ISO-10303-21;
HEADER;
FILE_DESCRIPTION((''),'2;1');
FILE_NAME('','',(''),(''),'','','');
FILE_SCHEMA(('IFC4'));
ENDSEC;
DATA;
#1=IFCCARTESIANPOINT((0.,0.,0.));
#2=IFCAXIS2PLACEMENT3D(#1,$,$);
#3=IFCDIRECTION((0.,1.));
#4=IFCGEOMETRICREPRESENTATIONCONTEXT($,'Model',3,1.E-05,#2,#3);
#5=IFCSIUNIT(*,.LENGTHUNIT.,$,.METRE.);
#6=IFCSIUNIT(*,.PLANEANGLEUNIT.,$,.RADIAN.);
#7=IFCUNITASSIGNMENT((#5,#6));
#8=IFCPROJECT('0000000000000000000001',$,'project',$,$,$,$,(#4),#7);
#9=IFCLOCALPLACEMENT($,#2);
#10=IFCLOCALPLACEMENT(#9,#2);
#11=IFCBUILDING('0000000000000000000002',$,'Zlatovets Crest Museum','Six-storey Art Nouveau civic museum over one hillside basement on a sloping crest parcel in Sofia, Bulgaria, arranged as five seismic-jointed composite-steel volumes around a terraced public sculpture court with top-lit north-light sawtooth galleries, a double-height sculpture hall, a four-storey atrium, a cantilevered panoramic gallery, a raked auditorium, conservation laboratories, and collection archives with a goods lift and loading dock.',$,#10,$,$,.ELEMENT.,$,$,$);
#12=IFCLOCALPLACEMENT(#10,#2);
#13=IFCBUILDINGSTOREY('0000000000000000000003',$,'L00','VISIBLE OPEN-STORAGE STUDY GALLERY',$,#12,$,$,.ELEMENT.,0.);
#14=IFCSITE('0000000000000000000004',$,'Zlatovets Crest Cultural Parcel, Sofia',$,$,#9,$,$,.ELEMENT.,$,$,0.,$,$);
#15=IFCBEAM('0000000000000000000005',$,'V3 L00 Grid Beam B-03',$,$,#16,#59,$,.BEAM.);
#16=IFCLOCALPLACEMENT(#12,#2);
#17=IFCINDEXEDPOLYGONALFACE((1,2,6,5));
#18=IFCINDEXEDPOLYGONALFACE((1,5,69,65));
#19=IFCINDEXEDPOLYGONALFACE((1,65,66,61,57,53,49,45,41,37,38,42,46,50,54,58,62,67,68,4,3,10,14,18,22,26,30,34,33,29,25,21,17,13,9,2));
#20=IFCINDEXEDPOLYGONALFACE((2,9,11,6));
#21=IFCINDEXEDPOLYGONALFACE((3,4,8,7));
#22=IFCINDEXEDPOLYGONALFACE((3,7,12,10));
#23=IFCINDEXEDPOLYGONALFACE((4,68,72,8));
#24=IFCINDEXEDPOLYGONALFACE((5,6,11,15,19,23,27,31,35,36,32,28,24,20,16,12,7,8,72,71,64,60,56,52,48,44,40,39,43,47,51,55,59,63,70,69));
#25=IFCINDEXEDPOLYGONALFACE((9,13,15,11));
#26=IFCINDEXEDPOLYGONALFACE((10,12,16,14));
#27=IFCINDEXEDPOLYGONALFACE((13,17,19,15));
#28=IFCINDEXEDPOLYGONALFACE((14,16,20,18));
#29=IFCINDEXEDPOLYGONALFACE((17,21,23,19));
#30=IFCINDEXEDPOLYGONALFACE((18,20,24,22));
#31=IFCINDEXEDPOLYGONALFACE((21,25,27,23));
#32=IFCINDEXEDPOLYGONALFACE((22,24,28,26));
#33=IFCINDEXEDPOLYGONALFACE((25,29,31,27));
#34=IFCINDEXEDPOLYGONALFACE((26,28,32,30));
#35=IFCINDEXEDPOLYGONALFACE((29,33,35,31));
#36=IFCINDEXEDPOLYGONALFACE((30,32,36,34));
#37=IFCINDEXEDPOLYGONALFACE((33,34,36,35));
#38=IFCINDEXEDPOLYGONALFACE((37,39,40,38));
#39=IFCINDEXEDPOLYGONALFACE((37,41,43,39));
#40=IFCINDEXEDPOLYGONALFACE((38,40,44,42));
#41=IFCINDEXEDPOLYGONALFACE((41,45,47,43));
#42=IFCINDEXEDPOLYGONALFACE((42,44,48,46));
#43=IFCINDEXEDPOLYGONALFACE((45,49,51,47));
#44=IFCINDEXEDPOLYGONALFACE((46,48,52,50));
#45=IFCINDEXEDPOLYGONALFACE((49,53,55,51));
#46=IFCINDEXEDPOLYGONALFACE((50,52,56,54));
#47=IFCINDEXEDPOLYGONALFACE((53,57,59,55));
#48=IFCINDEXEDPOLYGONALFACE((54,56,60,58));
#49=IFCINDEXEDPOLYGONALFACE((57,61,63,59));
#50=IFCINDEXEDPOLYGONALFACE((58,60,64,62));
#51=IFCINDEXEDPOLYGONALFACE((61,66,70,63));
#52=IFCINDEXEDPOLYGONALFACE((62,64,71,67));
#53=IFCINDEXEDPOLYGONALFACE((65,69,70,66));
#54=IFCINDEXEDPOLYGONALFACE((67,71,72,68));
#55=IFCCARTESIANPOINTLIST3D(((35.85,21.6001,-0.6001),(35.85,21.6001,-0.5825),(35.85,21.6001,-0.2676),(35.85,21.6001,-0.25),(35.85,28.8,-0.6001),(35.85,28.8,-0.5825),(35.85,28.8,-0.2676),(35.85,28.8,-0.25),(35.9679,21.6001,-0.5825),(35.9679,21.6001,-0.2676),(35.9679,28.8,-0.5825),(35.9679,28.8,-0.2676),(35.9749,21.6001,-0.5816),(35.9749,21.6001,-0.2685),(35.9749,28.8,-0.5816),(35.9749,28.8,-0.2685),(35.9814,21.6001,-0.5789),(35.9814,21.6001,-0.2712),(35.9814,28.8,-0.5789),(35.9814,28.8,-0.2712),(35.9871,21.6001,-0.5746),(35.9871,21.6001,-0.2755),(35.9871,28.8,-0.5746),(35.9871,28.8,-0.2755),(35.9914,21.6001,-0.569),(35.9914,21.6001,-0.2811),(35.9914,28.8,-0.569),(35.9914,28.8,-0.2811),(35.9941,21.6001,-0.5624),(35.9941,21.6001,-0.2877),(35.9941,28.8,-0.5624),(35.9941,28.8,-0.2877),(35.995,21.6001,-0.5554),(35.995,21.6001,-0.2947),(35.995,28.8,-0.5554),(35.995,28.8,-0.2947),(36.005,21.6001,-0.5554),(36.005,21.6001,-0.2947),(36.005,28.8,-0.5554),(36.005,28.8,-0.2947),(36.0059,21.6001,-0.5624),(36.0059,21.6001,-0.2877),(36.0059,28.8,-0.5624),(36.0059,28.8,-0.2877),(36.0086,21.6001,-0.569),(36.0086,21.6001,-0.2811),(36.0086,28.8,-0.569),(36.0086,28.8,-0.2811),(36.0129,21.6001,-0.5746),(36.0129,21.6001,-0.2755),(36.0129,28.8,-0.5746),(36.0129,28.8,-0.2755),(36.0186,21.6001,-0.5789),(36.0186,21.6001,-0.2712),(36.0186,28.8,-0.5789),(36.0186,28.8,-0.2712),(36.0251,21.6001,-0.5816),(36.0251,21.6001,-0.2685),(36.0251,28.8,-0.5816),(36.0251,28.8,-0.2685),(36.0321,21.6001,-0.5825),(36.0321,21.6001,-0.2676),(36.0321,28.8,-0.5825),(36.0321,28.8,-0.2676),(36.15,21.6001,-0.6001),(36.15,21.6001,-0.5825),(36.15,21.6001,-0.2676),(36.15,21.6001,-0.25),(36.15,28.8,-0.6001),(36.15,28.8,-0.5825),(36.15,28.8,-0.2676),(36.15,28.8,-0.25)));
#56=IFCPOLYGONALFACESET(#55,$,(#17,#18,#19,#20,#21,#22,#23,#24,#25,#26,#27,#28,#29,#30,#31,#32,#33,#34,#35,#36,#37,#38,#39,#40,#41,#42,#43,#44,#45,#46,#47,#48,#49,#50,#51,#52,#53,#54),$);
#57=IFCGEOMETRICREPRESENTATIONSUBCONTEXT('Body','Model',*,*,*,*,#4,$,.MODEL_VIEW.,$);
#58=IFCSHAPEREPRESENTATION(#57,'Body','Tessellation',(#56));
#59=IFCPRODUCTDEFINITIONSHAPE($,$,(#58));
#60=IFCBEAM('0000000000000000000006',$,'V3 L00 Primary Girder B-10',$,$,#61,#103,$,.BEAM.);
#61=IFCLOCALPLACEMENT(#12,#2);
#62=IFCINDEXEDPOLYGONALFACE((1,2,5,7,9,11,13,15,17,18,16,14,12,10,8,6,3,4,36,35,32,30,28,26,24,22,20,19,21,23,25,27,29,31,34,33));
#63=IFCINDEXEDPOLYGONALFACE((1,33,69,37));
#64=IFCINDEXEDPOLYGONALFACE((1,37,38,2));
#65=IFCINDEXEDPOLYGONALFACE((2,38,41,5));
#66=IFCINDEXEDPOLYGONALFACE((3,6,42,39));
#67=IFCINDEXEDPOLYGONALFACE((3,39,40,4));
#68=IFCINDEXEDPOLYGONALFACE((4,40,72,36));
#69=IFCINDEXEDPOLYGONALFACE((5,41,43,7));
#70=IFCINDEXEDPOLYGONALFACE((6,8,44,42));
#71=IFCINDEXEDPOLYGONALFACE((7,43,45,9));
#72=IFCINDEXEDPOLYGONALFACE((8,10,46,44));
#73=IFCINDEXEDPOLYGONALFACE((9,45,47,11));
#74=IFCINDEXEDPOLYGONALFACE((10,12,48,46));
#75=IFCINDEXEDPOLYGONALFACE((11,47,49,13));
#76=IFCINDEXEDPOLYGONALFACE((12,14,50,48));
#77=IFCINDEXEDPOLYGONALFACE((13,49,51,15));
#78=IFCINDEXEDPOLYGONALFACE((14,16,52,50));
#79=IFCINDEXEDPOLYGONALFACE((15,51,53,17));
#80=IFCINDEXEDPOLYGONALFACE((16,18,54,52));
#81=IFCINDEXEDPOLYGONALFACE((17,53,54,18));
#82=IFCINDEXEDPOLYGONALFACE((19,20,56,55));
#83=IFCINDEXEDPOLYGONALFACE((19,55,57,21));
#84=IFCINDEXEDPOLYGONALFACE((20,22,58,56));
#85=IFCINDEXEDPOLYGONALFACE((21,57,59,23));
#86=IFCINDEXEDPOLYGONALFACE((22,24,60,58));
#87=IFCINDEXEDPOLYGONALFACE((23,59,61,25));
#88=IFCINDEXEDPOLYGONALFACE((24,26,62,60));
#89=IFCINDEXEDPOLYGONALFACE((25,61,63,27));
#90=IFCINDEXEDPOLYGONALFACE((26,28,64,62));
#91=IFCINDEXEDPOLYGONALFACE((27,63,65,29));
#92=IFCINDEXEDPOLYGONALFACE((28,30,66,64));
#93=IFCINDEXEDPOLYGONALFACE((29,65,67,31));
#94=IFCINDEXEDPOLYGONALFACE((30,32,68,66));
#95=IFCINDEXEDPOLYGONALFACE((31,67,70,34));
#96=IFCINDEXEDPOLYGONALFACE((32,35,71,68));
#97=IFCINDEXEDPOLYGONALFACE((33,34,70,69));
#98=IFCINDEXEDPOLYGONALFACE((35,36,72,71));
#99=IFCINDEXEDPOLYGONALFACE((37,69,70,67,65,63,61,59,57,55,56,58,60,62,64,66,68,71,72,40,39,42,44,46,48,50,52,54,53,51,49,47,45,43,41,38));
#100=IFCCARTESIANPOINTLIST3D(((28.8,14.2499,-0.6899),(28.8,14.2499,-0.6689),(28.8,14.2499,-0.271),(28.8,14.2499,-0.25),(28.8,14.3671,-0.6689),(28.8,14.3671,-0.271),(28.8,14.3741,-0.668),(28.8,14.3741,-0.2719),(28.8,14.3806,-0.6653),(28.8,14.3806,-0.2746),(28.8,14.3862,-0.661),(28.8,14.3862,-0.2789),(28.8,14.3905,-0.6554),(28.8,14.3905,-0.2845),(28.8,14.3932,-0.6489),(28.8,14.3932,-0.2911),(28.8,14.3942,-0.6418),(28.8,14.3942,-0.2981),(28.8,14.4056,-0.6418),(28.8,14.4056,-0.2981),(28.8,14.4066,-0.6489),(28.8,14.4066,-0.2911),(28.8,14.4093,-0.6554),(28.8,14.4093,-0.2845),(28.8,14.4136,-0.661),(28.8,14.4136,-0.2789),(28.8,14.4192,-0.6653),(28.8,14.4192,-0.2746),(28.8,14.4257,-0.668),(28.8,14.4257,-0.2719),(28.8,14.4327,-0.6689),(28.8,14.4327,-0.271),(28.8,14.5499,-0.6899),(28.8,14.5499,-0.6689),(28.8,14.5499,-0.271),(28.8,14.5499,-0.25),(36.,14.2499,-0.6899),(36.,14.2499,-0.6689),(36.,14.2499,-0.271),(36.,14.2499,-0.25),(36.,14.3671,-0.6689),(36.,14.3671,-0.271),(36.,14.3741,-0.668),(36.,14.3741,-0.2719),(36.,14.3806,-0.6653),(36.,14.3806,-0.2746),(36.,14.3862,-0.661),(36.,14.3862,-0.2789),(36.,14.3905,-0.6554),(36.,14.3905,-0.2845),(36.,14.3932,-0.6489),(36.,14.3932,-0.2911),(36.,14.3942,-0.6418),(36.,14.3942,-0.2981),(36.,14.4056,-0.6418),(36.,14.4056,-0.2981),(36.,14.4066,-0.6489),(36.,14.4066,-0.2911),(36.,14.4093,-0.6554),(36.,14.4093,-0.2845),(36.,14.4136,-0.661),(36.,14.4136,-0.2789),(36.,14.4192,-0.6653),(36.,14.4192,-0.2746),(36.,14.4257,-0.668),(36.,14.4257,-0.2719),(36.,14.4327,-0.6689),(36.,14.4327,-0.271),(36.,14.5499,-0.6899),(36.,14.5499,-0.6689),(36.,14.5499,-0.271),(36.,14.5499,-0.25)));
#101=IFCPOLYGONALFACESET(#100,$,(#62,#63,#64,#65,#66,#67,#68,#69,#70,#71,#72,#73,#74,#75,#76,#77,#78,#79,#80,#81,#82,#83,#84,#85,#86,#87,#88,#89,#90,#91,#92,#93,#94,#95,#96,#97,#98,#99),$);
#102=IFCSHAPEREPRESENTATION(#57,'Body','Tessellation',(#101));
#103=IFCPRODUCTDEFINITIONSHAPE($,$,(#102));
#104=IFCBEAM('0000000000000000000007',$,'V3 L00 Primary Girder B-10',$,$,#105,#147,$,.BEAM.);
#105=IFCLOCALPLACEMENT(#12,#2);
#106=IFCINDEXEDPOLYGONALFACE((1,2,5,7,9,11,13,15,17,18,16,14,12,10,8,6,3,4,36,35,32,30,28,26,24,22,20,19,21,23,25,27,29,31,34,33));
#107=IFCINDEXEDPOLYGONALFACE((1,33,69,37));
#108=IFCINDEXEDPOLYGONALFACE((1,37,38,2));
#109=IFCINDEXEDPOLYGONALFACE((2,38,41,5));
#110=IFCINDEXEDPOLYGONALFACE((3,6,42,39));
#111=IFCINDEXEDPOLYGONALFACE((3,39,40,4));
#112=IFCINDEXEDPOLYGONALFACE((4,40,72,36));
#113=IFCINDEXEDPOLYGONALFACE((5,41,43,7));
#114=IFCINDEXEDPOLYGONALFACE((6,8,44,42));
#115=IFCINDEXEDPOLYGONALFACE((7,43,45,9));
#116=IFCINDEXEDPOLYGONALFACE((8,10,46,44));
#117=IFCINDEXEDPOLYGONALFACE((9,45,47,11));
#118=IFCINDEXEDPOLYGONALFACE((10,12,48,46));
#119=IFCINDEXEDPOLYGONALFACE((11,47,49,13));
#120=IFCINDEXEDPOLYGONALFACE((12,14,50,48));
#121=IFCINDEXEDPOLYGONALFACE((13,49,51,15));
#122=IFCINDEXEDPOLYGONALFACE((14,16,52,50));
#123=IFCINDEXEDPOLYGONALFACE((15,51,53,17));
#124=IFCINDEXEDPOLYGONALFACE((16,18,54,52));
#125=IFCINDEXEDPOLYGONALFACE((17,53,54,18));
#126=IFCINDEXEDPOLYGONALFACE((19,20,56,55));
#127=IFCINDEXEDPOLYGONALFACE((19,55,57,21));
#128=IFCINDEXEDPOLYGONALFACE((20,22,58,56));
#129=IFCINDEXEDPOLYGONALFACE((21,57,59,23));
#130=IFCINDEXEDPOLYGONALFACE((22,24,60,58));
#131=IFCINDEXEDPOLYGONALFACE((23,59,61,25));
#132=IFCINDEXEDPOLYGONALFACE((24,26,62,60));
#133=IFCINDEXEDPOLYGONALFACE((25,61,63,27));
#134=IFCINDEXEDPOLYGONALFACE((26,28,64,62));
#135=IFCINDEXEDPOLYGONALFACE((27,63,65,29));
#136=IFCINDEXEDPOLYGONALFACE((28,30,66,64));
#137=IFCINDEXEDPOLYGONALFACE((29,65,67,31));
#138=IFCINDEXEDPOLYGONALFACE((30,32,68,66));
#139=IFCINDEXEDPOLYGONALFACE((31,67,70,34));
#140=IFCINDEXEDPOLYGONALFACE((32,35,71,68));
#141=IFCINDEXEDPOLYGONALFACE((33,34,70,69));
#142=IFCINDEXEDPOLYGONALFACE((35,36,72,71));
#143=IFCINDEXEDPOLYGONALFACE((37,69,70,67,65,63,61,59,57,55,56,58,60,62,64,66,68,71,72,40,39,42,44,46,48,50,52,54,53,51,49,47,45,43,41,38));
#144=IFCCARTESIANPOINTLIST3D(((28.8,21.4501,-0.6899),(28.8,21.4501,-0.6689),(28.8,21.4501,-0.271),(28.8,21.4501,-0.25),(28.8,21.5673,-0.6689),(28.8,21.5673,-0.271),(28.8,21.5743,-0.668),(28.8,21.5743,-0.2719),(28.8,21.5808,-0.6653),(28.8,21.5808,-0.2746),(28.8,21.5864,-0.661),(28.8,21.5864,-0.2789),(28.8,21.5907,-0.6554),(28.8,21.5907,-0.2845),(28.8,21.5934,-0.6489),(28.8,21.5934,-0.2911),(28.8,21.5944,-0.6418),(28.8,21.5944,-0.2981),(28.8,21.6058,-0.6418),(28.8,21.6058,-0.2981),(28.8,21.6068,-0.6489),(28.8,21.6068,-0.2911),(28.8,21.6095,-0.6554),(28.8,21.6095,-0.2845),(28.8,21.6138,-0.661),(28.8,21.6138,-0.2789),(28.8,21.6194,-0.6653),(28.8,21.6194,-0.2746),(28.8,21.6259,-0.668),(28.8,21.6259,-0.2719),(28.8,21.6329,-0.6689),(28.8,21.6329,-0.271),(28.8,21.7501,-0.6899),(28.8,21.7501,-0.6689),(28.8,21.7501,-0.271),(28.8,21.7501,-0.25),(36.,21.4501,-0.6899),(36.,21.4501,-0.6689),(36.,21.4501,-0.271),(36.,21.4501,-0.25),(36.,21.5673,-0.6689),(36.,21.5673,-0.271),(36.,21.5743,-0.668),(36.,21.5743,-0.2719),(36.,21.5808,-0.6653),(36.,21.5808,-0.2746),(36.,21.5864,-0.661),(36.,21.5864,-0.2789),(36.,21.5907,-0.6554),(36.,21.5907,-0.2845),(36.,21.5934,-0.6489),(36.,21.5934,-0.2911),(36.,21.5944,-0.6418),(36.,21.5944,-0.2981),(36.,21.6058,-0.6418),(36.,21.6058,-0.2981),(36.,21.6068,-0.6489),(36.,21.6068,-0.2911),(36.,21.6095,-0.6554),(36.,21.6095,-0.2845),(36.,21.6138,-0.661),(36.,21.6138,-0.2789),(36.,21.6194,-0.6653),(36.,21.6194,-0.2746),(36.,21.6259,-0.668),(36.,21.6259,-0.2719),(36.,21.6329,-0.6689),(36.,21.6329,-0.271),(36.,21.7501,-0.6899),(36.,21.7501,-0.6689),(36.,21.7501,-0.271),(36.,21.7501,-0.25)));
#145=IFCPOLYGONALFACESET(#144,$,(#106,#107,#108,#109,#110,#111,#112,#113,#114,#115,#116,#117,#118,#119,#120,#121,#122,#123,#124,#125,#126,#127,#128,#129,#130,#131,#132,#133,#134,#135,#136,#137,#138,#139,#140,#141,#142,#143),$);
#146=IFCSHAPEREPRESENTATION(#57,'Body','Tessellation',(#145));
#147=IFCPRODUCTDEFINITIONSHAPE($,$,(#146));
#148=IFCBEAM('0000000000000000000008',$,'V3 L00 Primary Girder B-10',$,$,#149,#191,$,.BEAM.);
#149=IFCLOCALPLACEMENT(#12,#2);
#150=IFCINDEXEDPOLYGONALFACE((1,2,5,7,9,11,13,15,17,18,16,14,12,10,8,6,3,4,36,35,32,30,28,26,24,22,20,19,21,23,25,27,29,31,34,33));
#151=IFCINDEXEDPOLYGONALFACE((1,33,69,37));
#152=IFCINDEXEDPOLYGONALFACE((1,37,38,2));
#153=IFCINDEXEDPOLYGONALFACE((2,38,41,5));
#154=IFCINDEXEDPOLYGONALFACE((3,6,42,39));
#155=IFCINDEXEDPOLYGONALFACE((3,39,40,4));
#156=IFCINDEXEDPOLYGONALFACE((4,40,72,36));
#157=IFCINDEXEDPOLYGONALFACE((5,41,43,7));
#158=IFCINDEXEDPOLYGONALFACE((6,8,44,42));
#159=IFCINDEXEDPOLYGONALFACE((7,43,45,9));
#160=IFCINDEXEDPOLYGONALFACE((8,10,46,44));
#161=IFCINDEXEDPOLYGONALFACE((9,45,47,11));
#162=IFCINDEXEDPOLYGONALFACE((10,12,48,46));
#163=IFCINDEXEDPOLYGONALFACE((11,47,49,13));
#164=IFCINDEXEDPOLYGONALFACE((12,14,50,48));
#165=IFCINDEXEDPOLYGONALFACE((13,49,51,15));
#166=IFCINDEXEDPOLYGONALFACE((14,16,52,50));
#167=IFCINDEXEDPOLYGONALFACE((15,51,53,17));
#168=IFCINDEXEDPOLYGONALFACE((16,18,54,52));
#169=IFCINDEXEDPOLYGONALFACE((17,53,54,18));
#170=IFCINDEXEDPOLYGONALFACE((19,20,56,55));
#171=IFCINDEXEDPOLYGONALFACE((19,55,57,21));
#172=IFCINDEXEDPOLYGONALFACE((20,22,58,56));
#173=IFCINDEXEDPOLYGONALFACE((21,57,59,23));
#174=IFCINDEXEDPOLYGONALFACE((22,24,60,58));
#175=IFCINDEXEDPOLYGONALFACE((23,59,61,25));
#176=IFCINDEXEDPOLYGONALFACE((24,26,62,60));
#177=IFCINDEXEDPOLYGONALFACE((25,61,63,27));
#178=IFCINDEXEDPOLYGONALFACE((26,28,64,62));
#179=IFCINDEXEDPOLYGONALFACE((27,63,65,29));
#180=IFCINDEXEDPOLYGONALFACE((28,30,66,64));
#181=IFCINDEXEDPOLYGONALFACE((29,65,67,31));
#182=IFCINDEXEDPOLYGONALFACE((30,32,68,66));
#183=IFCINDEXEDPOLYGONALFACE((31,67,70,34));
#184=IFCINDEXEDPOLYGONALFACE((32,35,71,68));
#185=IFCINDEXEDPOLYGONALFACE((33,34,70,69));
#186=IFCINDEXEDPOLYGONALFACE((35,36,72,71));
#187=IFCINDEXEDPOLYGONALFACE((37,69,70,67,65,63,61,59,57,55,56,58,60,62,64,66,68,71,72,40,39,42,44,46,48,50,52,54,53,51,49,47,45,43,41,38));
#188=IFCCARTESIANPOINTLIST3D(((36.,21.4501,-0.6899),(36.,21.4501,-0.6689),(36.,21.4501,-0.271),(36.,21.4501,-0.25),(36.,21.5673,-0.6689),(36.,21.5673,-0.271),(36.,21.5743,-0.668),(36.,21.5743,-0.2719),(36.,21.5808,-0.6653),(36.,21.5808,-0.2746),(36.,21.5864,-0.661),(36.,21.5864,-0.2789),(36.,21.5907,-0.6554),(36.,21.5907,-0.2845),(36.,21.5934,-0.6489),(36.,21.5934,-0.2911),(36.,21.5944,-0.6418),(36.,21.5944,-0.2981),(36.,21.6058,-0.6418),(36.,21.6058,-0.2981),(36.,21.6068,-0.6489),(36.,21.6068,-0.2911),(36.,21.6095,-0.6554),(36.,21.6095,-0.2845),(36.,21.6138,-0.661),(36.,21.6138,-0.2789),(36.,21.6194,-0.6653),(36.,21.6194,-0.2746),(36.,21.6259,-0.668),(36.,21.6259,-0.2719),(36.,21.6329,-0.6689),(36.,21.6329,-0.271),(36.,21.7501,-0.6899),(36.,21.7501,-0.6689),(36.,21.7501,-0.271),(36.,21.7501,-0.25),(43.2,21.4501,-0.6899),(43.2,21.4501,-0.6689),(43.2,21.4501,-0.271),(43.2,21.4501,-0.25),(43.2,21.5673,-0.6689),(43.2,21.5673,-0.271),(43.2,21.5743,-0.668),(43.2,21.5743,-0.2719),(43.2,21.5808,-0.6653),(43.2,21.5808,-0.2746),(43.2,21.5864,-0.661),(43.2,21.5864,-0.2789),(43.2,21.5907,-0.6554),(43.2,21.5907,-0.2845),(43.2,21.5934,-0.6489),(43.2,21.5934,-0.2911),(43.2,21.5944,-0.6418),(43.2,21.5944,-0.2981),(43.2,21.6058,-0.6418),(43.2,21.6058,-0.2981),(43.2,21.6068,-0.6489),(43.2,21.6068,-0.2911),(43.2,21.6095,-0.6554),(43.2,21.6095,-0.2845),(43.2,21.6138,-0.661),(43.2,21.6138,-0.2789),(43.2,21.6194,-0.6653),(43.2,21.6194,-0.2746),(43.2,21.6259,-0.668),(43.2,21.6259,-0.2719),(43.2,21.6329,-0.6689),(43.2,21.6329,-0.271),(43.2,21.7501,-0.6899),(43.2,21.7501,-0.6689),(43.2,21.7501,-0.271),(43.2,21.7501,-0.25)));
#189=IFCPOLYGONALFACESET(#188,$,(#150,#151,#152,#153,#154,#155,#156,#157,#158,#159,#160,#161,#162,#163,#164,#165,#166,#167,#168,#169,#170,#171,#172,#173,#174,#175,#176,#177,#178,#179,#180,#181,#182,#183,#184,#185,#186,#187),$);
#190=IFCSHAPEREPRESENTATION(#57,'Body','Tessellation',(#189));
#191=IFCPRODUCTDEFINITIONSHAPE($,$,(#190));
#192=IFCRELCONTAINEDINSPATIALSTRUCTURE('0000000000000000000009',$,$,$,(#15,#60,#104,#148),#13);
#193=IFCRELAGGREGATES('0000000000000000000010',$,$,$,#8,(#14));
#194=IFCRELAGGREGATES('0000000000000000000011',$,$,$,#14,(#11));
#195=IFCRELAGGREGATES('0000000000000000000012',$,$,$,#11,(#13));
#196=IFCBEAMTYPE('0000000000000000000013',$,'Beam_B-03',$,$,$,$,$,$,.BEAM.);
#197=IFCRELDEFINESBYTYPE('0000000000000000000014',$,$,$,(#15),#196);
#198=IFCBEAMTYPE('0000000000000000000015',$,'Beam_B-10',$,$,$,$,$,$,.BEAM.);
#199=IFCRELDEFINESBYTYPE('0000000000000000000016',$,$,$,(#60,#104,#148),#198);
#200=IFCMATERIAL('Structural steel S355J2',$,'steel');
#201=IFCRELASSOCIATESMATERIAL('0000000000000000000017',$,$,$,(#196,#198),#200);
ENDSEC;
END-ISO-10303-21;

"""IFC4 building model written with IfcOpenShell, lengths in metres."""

from ifc_helpers import new_model, si_unit, direction, frame, origin, origin_2d, place, context, subcontext, project, spatial, i_section, extrude, material, material_profile, profile_set, type_object, element, save


model = new_model("IFC4")

# Units and contexts
model_context = context("Model", 3, precision=1e-05, world=origin(), true_north=direction((0.0, 1.0)))
body_context = subcontext(model_context, "Body", "Model", "MODEL_VIEW")
ifc_project = project(units=[si_unit("LENGTHUNIT", "METRE"), si_unit("PLANEANGLEUNIT", "RADIAN")], contexts=[model_context])

# Site, building, storey
site_placement = place(None, origin())
site = spatial("IfcSite", under=ifc_project, at=site_placement, Name="Zlatovets Crest Cultural Parcel, Sofia", CompositionType="ELEMENT", RefElevation=0.0)
building_placement = place(site_placement, origin())
building = spatial("IfcBuilding", under=site, at=building_placement, Name="Zlatovets Crest Museum", Description="Six-storey Art Nouveau civic museum over one hillside basement on a sloping crest parcel in Sofia, Bulgaria, arranged as five seismic-jointed composite-steel volumes around a terraced public sculpture court with top-lit north-light sawtooth galleries, a double-height sculpture hall, a four-storey atrium, a cantilevered panoramic gallery, a raked auditorium, conservation laboratories, and collection archives with a goods lift and loading dock.", CompositionType="ELEMENT")
storey_placement = place(building_placement, origin())
storey = spatial("IfcBuildingStorey", under=building, at=storey_placement, Name="L00", Description="VISIBLE OPEN-STORAGE STUDY GALLERY", CompositionType="ELEMENT", Elevation=0.0)

# Shared definitions
ifc_material_1 = material(Name="Structural steel S355J2", Category="steel")

# Beams
ifc_material_profile_1 = material_profile(ifc_material_1, i_section(OverallWidth=0.3, OverallDepth=0.3501, WebThickness=0.01, FlangeThickness=0.0176, FilletRadius=0.0271, at=origin_2d()), Name="HEA 360")
ifc_profile_set_1 = profile_set([ifc_material_profile_1], Name="Structural steel S355J2")
beam_type_1 = type_object("IfcBeamType", Name="Beam_B-03", PredefinedType="BEAM", material=ifc_profile_set_1)
beam_1_placement = place(storey_placement, frame((36.0, 21.6001, -0.425), z_axis=(0.0, 1.0, 0.0), x_axis=(-1.0, 0.0, 0.0)))
element("IfcBeam", 1, at=beam_1_placement, inside=storey, type_object=beam_type_1, Name="V3 L00 Grid Beam B-03", PredefinedType="BEAM", context=body_context, shape_type="SweptSolid", body=[
    extrude(i_section(OverallWidth=0.3, OverallDepth=0.3501, WebThickness=0.01, FlangeThickness=0.0176, FilletRadius=0.0271, at=origin_2d()), origin(), (0.0, 0.0, 1.0), 7.2),
])
ifc_material_profile_2 = material_profile(ifc_material_1, i_section(OverallWidth=0.3, OverallDepth=0.4399, WebThickness=0.0115, FlangeThickness=0.021, FilletRadius=0.0271, at=origin_2d()), Name="HEA 450")
ifc_profile_set_2 = profile_set([ifc_material_profile_2], Name="Structural steel S355J2")
beam_type_2 = type_object("IfcBeamType", Name="Beam_B-10", PredefinedType="BEAM", material=ifc_profile_set_2)
for number, where, z_axis, x_axis, name in (
    (2, (28.8, 14.3999, -0.47), (1.0, 0.0, 0.0), (0.0, 1.0, 0.0), "V3 L00 Primary Girder B-10"),
    (3, (28.8, 21.6001, -0.47), (1.0, 0.0, 0.0), (0.0, 1.0, 0.0), "V3 L00 Primary Girder B-10"),
    (4, (36.0, 21.6001, -0.47), (1.0, 0.0, 0.0), (0.0, 1.0, 0.0), "V3 L00 Primary Girder B-10"),
):
    element("IfcBeam", number, at=place(storey_placement, frame(where, z_axis=z_axis, x_axis=x_axis)), inside=storey, type_object=beam_type_2, Name=name, PredefinedType="BEAM", context=body_context, shape_type="SweptSolid", body=[
        extrude(i_section(OverallWidth=0.3, OverallDepth=0.4399, WebThickness=0.0115, FlangeThickness=0.021, FilletRadius=0.0271, at=origin_2d()), origin(), (0.0, 0.0, 1.0), 7.2),
    ])

save(model, "model.ifc")
